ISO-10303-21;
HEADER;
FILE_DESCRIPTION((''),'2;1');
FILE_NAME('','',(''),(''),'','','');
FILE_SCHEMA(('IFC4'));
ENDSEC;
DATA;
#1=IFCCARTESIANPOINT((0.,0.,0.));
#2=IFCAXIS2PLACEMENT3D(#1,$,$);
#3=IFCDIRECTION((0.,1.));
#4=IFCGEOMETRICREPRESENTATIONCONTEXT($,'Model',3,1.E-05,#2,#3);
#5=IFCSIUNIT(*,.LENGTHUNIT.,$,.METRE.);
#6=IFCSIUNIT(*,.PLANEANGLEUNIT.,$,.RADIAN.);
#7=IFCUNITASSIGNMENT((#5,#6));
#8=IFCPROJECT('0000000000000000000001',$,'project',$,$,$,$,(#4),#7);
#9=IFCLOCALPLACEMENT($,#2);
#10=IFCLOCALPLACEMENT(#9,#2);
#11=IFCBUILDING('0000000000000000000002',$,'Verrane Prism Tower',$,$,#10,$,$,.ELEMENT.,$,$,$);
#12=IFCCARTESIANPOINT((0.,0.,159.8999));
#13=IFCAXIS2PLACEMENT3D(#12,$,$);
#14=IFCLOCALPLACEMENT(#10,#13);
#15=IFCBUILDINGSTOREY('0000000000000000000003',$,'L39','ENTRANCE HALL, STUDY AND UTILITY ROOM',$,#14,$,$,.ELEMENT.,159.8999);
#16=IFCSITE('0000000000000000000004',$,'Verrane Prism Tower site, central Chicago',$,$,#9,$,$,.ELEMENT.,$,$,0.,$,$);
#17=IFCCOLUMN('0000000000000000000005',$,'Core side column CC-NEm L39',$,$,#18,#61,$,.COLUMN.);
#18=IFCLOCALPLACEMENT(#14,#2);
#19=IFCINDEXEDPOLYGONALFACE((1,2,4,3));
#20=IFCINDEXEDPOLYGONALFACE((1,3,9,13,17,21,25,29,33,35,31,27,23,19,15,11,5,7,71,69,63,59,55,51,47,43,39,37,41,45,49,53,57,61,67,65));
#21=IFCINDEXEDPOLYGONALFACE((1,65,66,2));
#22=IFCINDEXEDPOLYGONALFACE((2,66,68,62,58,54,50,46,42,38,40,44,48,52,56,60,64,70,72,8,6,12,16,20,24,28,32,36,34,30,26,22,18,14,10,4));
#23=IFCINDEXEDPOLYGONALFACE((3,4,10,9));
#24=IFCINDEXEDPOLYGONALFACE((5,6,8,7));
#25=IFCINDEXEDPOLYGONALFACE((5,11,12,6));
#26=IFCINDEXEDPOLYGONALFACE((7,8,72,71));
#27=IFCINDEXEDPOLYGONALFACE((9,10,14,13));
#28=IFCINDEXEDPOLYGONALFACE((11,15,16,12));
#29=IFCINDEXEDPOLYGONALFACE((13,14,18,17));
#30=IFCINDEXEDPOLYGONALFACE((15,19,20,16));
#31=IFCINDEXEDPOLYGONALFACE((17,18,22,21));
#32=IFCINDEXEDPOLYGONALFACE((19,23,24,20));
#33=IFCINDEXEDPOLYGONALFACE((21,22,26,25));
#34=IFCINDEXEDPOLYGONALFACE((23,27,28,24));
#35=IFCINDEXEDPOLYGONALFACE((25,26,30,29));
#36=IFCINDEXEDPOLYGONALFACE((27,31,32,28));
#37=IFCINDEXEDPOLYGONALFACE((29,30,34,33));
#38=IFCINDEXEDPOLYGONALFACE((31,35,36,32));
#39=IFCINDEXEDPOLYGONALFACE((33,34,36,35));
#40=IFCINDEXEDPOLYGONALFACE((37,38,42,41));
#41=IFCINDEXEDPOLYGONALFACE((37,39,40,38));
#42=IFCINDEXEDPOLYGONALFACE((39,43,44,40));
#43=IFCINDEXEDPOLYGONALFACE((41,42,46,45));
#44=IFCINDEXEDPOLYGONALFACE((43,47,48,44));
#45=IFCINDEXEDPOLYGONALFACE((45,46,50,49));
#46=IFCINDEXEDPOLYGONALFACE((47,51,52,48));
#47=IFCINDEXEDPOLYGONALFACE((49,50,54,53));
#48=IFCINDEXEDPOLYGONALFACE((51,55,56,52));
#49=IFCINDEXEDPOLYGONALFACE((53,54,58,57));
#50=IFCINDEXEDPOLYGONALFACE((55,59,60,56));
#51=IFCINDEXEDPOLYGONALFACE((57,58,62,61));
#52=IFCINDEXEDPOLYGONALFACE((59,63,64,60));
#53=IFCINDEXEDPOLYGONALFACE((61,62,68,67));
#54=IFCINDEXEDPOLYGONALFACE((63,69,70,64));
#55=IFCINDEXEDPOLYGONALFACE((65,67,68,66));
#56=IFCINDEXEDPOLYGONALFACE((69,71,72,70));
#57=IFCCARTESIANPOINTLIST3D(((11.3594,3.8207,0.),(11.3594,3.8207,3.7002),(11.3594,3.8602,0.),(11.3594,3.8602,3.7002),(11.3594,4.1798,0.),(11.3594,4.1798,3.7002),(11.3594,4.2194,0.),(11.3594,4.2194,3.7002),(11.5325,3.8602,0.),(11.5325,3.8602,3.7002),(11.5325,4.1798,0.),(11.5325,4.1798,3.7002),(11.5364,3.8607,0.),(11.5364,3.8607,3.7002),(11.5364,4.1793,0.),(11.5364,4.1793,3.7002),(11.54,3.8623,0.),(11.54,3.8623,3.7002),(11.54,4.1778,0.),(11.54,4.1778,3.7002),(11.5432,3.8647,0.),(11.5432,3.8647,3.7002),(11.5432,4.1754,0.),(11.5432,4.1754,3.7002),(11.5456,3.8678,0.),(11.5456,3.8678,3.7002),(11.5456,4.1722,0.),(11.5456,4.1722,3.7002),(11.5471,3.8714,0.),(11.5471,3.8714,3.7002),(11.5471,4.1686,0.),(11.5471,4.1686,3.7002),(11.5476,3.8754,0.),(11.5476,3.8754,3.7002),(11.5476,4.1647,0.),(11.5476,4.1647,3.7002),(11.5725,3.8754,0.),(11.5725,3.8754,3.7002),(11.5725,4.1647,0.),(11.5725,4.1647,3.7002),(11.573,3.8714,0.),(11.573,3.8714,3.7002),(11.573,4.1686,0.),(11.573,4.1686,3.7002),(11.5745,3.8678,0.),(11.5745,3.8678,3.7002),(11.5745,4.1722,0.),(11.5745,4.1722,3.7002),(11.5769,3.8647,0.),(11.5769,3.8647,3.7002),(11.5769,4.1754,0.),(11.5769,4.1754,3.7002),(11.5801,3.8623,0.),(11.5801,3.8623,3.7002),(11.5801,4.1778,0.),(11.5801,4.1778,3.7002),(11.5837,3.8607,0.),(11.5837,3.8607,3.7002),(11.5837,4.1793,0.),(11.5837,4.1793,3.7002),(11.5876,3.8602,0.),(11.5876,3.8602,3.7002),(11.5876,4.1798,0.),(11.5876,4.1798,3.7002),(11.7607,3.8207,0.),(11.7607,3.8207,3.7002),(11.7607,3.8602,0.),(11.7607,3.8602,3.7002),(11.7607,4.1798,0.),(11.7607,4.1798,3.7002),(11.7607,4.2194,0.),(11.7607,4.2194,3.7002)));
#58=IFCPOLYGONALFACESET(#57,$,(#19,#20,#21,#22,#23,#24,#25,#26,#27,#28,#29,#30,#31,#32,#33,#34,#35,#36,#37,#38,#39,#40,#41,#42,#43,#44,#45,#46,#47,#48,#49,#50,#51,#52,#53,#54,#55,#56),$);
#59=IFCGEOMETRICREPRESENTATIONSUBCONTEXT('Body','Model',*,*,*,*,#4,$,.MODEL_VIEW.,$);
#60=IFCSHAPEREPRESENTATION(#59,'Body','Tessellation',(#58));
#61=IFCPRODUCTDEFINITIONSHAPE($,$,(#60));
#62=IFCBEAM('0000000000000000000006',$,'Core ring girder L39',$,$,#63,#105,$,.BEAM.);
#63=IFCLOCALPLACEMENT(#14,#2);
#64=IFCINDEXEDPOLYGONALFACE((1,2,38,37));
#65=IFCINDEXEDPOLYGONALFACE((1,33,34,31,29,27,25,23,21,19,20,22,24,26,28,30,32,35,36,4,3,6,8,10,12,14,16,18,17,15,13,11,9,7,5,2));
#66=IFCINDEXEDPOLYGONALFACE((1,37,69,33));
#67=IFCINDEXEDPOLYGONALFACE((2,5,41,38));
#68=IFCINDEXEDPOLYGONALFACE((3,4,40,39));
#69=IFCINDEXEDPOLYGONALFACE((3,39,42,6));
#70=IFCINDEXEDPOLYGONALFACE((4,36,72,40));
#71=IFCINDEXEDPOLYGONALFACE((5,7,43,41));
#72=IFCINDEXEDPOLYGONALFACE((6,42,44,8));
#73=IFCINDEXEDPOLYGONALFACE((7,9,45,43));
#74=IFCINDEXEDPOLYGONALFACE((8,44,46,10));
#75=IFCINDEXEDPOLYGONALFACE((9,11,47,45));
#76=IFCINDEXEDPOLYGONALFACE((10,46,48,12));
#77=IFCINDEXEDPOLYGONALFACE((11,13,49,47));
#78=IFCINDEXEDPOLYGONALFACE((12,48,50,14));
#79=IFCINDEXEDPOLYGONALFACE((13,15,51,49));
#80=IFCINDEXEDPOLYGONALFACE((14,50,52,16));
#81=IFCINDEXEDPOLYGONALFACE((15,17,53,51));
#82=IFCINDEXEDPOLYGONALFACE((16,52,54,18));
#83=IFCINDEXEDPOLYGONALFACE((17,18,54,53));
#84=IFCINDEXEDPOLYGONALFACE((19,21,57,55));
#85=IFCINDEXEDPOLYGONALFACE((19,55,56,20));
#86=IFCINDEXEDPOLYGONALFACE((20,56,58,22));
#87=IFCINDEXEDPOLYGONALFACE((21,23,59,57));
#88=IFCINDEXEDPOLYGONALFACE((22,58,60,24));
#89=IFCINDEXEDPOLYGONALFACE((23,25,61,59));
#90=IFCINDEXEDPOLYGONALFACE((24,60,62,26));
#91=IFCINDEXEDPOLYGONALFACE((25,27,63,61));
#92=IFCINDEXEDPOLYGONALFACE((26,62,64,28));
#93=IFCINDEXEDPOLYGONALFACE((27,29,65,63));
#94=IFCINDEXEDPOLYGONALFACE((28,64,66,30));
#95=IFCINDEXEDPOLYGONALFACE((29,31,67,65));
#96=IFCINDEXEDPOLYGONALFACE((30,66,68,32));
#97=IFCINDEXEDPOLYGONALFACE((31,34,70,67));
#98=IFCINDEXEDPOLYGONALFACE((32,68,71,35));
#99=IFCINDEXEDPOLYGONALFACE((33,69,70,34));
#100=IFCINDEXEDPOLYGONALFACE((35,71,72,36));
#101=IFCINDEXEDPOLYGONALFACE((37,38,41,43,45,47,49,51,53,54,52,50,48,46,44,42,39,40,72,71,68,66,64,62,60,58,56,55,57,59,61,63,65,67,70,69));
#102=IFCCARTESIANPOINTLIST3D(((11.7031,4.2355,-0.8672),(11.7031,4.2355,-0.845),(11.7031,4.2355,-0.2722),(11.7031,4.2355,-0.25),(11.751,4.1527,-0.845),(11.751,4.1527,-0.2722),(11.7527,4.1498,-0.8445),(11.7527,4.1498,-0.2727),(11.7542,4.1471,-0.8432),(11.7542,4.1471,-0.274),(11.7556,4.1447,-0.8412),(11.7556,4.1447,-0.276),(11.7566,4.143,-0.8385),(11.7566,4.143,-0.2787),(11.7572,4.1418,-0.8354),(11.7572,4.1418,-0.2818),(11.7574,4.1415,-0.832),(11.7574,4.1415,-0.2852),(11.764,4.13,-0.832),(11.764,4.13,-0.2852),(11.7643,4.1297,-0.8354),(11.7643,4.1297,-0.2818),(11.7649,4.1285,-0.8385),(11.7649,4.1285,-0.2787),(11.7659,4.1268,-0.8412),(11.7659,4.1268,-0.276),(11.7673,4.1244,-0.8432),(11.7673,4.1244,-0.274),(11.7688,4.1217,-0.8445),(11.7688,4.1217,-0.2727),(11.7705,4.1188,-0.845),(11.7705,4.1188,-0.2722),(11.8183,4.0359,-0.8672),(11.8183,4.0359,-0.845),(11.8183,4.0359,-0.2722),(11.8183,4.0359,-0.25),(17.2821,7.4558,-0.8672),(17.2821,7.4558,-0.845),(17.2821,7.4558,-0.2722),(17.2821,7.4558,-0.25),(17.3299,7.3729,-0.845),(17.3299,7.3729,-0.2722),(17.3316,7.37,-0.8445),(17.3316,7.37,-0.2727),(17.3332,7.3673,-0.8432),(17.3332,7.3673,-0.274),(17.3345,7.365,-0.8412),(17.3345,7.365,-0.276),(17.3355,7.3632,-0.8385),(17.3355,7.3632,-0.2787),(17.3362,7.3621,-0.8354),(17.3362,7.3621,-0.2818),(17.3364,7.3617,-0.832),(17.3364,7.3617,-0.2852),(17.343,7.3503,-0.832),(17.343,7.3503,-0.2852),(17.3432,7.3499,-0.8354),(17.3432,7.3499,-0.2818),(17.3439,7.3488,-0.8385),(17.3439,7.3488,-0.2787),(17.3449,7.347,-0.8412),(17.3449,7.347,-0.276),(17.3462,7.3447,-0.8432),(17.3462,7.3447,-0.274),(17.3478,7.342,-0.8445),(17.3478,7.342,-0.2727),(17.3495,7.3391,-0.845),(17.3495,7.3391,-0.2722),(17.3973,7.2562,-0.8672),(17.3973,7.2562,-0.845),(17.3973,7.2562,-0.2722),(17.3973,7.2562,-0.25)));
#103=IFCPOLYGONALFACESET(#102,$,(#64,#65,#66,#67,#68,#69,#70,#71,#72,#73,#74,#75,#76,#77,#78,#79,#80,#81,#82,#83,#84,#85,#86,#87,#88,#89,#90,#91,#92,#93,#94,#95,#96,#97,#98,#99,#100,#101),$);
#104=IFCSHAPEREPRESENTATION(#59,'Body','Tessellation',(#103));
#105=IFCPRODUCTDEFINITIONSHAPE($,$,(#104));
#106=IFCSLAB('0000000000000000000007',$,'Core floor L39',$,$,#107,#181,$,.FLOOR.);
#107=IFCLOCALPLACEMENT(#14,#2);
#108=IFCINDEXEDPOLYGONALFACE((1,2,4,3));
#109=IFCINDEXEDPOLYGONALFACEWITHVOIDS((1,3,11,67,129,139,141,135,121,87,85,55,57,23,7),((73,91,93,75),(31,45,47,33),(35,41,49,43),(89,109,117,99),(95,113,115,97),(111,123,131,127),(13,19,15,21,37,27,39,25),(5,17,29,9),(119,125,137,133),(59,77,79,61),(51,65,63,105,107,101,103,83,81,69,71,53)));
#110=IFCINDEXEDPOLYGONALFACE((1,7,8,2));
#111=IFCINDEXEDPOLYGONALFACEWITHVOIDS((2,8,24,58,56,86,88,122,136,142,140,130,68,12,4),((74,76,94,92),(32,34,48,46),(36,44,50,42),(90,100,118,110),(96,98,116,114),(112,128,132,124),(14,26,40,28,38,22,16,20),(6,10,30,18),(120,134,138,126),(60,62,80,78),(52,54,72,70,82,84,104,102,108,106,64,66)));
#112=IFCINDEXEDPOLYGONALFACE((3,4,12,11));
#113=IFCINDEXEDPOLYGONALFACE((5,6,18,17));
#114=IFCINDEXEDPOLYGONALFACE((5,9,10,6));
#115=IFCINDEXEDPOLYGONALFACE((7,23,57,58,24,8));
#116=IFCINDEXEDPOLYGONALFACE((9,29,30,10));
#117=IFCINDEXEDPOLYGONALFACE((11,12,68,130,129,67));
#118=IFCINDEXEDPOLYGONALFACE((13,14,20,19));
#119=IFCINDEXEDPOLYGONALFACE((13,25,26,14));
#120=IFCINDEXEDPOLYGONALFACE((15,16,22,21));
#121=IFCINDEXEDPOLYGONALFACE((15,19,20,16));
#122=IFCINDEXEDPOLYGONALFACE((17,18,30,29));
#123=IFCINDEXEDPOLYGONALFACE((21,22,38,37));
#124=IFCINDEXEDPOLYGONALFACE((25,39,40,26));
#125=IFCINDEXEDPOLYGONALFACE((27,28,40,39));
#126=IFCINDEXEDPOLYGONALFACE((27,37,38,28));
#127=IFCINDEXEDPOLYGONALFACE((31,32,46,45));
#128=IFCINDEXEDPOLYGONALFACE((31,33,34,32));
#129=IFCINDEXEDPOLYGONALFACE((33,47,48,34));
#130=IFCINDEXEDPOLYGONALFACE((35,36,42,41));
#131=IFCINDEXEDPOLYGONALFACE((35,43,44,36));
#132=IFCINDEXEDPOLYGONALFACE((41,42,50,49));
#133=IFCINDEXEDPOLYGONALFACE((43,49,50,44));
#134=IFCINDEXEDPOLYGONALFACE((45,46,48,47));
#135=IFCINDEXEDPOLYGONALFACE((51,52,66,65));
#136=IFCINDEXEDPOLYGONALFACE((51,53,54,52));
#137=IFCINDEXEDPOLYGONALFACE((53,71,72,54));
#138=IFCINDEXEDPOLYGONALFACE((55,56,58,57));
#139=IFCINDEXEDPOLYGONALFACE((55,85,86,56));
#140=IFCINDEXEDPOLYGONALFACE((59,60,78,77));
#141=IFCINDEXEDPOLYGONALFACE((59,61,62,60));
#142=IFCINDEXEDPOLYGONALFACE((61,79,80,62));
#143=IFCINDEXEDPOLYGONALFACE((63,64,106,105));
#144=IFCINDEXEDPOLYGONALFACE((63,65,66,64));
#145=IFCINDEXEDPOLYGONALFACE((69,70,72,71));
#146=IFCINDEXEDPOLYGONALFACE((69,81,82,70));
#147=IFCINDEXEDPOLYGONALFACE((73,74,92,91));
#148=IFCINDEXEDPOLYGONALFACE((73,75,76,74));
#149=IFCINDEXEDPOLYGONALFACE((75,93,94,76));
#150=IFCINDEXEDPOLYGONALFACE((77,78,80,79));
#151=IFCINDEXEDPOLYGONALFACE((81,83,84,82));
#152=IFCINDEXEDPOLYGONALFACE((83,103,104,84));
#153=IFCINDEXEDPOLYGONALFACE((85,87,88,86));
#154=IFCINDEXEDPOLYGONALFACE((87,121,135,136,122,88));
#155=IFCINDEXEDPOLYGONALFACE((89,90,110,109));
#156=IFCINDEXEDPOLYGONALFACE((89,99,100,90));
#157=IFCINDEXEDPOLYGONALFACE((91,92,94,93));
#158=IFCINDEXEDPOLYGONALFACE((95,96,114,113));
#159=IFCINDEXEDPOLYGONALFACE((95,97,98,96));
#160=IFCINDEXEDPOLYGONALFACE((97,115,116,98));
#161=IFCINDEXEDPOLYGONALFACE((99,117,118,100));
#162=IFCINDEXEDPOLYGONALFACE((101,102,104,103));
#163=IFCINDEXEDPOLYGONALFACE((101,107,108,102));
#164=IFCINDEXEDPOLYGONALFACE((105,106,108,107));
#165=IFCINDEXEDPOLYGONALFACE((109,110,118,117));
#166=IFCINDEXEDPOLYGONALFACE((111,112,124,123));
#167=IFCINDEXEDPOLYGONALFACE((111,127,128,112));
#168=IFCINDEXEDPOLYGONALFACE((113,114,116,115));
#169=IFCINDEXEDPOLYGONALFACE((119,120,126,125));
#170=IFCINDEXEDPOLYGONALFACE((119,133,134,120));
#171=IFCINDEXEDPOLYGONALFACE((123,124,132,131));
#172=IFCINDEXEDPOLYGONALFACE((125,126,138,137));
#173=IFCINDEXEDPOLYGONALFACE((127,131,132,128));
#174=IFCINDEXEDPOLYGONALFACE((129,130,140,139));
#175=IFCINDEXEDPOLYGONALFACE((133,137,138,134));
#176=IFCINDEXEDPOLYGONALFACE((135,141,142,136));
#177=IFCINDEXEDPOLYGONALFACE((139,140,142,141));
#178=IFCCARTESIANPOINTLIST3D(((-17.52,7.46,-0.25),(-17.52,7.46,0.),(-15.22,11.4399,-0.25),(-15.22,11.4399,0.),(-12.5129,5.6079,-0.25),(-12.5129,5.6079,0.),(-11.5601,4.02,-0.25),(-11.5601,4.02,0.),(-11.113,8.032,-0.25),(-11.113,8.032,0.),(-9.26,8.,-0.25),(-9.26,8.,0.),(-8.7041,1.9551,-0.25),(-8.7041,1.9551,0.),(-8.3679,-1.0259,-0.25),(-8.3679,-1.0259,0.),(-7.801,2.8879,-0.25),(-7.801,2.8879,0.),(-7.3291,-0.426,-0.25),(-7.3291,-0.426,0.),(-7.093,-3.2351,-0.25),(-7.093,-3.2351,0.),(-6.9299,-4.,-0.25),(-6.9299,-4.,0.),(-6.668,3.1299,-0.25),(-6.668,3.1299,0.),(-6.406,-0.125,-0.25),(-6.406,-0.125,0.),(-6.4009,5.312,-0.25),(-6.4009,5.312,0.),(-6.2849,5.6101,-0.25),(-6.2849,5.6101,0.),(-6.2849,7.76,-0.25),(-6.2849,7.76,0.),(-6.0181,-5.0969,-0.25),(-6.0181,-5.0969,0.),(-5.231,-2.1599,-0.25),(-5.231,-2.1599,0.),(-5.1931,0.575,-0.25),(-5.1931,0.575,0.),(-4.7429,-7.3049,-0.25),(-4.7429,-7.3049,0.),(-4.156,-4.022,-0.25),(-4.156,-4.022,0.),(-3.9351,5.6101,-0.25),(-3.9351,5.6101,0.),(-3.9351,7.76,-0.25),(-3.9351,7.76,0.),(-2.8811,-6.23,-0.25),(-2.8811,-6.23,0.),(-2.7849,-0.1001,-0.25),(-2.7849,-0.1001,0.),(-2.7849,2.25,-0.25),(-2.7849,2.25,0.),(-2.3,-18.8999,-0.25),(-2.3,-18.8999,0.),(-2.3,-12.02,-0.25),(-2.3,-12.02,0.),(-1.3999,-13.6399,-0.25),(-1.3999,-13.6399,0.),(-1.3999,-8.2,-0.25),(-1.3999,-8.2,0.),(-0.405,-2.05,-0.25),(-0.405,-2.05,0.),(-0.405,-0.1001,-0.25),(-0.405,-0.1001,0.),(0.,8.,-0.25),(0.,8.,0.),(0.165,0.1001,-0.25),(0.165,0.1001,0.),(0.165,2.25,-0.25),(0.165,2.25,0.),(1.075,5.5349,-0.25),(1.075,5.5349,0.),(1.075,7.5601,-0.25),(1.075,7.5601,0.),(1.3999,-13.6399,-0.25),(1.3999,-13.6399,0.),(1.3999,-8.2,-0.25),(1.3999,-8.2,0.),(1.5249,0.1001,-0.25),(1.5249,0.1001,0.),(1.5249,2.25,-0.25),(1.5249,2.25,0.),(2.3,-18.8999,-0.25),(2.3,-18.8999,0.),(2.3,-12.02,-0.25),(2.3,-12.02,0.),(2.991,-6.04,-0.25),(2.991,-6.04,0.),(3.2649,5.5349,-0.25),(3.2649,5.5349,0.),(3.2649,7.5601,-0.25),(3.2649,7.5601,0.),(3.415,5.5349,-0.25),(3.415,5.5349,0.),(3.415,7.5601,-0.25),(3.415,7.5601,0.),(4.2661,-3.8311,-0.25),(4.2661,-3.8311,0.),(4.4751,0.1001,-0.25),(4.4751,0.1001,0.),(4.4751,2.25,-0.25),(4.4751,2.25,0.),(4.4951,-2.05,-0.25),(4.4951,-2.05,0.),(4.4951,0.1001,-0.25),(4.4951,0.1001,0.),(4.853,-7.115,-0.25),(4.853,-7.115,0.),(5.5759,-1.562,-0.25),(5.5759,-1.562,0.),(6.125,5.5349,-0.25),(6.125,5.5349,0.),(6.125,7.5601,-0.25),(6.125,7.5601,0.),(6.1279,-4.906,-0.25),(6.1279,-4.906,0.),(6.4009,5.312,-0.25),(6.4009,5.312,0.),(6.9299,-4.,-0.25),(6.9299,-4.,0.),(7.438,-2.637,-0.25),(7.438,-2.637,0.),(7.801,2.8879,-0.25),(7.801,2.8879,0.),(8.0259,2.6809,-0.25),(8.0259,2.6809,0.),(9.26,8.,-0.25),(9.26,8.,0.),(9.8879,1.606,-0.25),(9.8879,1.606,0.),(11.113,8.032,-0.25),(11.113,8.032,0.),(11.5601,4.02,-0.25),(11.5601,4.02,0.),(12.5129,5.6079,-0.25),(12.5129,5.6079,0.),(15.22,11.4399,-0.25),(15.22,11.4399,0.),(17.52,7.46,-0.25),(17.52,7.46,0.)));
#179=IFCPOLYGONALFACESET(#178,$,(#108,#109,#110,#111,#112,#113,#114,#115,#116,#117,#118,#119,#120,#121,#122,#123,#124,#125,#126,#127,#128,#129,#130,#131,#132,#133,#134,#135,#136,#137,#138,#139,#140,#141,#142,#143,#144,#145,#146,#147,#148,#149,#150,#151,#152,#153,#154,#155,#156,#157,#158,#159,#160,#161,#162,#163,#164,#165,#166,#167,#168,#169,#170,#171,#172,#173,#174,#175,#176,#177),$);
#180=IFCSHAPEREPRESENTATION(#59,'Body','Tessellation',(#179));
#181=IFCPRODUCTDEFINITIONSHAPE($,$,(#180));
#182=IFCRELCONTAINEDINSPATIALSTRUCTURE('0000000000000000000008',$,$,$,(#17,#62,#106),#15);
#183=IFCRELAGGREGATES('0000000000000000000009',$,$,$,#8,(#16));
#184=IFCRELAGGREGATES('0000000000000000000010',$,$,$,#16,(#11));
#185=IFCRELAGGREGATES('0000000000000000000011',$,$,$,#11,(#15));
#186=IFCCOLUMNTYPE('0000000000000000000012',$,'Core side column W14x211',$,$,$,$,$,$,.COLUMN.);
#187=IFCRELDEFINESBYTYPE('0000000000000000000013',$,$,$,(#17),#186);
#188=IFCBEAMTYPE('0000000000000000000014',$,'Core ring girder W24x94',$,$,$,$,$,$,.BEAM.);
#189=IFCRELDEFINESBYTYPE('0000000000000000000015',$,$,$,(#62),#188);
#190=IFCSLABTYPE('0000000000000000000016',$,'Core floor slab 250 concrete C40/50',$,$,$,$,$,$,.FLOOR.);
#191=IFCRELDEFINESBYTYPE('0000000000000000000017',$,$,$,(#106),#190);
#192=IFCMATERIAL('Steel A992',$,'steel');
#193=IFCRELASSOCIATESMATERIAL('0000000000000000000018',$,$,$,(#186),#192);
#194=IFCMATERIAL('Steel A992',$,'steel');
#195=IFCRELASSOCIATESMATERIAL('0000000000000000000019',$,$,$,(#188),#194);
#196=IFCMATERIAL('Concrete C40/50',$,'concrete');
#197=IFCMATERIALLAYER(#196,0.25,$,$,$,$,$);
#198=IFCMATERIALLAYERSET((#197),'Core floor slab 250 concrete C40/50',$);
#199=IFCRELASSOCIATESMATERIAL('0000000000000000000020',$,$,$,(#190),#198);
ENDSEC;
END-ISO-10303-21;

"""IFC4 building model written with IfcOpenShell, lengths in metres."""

from ifc_helpers import new_model, si_unit, direction, frame, origin, origin_2d, place, context, subcontext, project, spatial, polyline, i_section, outline, extrude, material, layer, layer_set, material_profile, profile_set, type_object, element, save


model = new_model("IFC4")

# Units and contexts
model_context = context("Model", 3, precision=1e-05, world=origin(), true_north=direction((0.0, 1.0)))
body_context = subcontext(model_context, "Body", "Model", "MODEL_VIEW")
ifc_project = project(units=[si_unit("LENGTHUNIT", "METRE"), si_unit("PLANEANGLEUNIT", "RADIAN")], contexts=[model_context])

# Site, building, storey
site_placement = place(None, origin())
site = spatial("IfcSite", under=ifc_project, at=site_placement, Name="Verrane Prism Tower site, central Chicago", CompositionType="ELEMENT", RefElevation=0.0)
building_placement = place(site_placement, origin())
building = spatial("IfcBuilding", under=site, at=building_placement, Name="Verrane Prism Tower", CompositionType="ELEMENT")
storey_placement = place(building_placement, frame((0.0, 0.0, 159.8999)))
storey = spatial("IfcBuildingStorey", under=building, at=storey_placement, Name="L39", Description="ENTRANCE HALL, STUDY AND UTILITY ROOM", CompositionType="ELEMENT", Elevation=159.8999)

# Column
ifc_material_1 = material(Name="Steel A992", Category="steel")
ifc_material_profile_1 = material_profile(ifc_material_1, i_section(OverallWidth=0.4014, OverallDepth=0.3987, WebThickness=0.0249, FlangeThickness=0.0396, FilletRadius=0.0151, at=origin_2d()), Name="W14x211")
ifc_profile_set_1 = profile_set([ifc_material_profile_1], Name="Steel A992")
column_type = type_object("IfcColumnType", Name="Core side column W14x211", PredefinedType="COLUMN", material=ifc_profile_set_1)
column_placement = place(storey_placement, frame((11.5601, 4.02, 0.0), z_axis=(0.0, 0.0, 1.0), x_axis=(1.0, 0.0, 0.0)))
element("IfcColumn", 1, at=column_placement, inside=storey, type_object=column_type, Name="Core side column CC-NEm L39", PredefinedType="COLUMN", context=body_context, shape_type="SweptSolid", body=[
    extrude(i_section(OverallWidth=0.4014, OverallDepth=0.3987, WebThickness=0.0249, FlangeThickness=0.0396, FilletRadius=0.0151, at=origin_2d()), origin(), (0.0, 0.0, 1.0), 3.7002),
])

# Beam
ifc_material_2 = material(Name="Steel A992", Category="steel")
ifc_material_profile_2 = material_profile(ifc_material_2, i_section(OverallWidth=0.2305, OverallDepth=0.6172, WebThickness=0.0132, FlangeThickness=0.0222, FilletRadius=0.0129, at=origin_2d()), Name="W24x94")
ifc_profile_set_2 = profile_set([ifc_material_profile_2], Name="Steel A992")
beam_type = type_object("IfcBeamType", Name="Core ring girder W24x94", PredefinedType="BEAM", material=ifc_profile_set_2)
beam_placement = place(storey_placement, frame((11.7607, 4.1357, -0.5586), z_axis=(0.866075, 0.499914, 0.0), x_axis=(-0.499914, 0.866075, 0.0)))
element("IfcBeam", 2, at=beam_placement, inside=storey, type_object=beam_type, Name="Core ring girder L39", PredefinedType="BEAM", context=body_context, shape_type="SweptSolid", body=[
    extrude(i_section(OverallWidth=0.2305, OverallDepth=0.6172, WebThickness=0.0132, FlangeThickness=0.0222, FilletRadius=0.0129, at=origin_2d()), origin(), (0.0, 0.0, 1.0), 6.4417),
])

# Slab
ifc_material_3 = material(Name="Concrete C40/50", Category="concrete")
ifc_layer_1 = layer(ifc_material_3, 0.25)
ifc_layer_set_1 = layer_set([ifc_layer_1], Name="Core floor slab 250 concrete C40/50")
slab_type_1 = type_object("IfcSlabType", Name="Core floor slab 250 concrete C40/50", PredefinedType="FLOOR", material=ifc_layer_set_1)
slab_1_placement = place(storey_placement, frame((0.0, 0.0, -0.25)))
element("IfcSlab", 3, at=slab_1_placement, inside=storey, type_object=slab_type_1, Name="Core floor L39", PredefinedType="FLOOR", context=body_context, shape_type="SweptSolid", body=[
    extrude(outline(polyline([(11.5601, 4.02), (17.52, 7.46), (15.22, 11.4399), (9.26, 8.0), (0.0, 8.0), (-9.26, 8.0), (-15.22, 11.4399), (-17.52, 7.46), (-11.5601, 4.02), (-6.9299, -4.0), (-2.3, -12.02), (-2.3, -18.8999), (2.3, -18.8999), (2.3, -12.02), (6.9299, -4.0), (11.5601, 4.02)]), holes=[polyline([(1.3999, -8.2), (1.3999, -13.6399), (-1.3999, -13.6399), (-1.3999, -8.2), (1.3999, -8.2)]), polyline([(-2.8811, -6.23), (-4.7429, -7.3049), (-6.0181, -5.0969), (-4.156, -4.022), (-2.8811, -6.23)]), polyline([(-7.801, 2.8879), (-12.5129, 5.6079), (-11.113, 8.032), (-6.4009, 5.312), (-7.801, 2.8879)]), polyline([(-6.2849, 5.6101), (-6.2849, 7.76), (-3.9351, 7.76), (-3.9351, 5.6101), (-6.2849, 5.6101)]), polyline([(4.2661, -3.8311), (6.1279, -4.906), (4.853, -7.115), (2.991, -6.04), (4.2661, -3.8311)]), polyline([(7.438, -2.637), (5.5759, -1.562), (8.0259, 2.6809), (9.8879, 1.606), (7.438, -2.637)]), polyline([(0.165, 0.1001), (1.5249, 0.1001), (1.5249, 2.25), (4.4751, 2.25), (4.4751, 0.1001), (4.4951, 0.1001), (4.4951, -2.05), (-0.405, -2.05), (-0.405, -0.1001), (-2.7849, -0.1001), (-2.7849, 2.25), (0.165, 2.25), (0.165, 0.1001)]), polyline([(6.4009, 5.312), (11.113, 8.032), (12.5129, 5.6079), (7.801, 2.8879), (6.4009, 5.312)]), polyline([(1.075, 5.5349), (1.075, 7.5601), (3.2649, 7.5601), (3.2649, 5.5349), (1.075, 5.5349)]), polyline([(3.415, 7.5601), (6.125, 7.5601), (6.125, 5.5349), (3.415, 5.5349), (3.415, 7.5601)]), polyline([(-5.231, -2.1599), (-7.093, -3.2351), (-8.3679, -1.0259), (-7.3291, -0.426), (-8.7041, 1.9551), (-6.668, 3.1299), (-5.1931, 0.575), (-6.406, -0.125), (-5.231, -2.1599)])]), origin(), (0.0, 0.0, 1.0), 0.25),
])

save(model, "model.ifc")
